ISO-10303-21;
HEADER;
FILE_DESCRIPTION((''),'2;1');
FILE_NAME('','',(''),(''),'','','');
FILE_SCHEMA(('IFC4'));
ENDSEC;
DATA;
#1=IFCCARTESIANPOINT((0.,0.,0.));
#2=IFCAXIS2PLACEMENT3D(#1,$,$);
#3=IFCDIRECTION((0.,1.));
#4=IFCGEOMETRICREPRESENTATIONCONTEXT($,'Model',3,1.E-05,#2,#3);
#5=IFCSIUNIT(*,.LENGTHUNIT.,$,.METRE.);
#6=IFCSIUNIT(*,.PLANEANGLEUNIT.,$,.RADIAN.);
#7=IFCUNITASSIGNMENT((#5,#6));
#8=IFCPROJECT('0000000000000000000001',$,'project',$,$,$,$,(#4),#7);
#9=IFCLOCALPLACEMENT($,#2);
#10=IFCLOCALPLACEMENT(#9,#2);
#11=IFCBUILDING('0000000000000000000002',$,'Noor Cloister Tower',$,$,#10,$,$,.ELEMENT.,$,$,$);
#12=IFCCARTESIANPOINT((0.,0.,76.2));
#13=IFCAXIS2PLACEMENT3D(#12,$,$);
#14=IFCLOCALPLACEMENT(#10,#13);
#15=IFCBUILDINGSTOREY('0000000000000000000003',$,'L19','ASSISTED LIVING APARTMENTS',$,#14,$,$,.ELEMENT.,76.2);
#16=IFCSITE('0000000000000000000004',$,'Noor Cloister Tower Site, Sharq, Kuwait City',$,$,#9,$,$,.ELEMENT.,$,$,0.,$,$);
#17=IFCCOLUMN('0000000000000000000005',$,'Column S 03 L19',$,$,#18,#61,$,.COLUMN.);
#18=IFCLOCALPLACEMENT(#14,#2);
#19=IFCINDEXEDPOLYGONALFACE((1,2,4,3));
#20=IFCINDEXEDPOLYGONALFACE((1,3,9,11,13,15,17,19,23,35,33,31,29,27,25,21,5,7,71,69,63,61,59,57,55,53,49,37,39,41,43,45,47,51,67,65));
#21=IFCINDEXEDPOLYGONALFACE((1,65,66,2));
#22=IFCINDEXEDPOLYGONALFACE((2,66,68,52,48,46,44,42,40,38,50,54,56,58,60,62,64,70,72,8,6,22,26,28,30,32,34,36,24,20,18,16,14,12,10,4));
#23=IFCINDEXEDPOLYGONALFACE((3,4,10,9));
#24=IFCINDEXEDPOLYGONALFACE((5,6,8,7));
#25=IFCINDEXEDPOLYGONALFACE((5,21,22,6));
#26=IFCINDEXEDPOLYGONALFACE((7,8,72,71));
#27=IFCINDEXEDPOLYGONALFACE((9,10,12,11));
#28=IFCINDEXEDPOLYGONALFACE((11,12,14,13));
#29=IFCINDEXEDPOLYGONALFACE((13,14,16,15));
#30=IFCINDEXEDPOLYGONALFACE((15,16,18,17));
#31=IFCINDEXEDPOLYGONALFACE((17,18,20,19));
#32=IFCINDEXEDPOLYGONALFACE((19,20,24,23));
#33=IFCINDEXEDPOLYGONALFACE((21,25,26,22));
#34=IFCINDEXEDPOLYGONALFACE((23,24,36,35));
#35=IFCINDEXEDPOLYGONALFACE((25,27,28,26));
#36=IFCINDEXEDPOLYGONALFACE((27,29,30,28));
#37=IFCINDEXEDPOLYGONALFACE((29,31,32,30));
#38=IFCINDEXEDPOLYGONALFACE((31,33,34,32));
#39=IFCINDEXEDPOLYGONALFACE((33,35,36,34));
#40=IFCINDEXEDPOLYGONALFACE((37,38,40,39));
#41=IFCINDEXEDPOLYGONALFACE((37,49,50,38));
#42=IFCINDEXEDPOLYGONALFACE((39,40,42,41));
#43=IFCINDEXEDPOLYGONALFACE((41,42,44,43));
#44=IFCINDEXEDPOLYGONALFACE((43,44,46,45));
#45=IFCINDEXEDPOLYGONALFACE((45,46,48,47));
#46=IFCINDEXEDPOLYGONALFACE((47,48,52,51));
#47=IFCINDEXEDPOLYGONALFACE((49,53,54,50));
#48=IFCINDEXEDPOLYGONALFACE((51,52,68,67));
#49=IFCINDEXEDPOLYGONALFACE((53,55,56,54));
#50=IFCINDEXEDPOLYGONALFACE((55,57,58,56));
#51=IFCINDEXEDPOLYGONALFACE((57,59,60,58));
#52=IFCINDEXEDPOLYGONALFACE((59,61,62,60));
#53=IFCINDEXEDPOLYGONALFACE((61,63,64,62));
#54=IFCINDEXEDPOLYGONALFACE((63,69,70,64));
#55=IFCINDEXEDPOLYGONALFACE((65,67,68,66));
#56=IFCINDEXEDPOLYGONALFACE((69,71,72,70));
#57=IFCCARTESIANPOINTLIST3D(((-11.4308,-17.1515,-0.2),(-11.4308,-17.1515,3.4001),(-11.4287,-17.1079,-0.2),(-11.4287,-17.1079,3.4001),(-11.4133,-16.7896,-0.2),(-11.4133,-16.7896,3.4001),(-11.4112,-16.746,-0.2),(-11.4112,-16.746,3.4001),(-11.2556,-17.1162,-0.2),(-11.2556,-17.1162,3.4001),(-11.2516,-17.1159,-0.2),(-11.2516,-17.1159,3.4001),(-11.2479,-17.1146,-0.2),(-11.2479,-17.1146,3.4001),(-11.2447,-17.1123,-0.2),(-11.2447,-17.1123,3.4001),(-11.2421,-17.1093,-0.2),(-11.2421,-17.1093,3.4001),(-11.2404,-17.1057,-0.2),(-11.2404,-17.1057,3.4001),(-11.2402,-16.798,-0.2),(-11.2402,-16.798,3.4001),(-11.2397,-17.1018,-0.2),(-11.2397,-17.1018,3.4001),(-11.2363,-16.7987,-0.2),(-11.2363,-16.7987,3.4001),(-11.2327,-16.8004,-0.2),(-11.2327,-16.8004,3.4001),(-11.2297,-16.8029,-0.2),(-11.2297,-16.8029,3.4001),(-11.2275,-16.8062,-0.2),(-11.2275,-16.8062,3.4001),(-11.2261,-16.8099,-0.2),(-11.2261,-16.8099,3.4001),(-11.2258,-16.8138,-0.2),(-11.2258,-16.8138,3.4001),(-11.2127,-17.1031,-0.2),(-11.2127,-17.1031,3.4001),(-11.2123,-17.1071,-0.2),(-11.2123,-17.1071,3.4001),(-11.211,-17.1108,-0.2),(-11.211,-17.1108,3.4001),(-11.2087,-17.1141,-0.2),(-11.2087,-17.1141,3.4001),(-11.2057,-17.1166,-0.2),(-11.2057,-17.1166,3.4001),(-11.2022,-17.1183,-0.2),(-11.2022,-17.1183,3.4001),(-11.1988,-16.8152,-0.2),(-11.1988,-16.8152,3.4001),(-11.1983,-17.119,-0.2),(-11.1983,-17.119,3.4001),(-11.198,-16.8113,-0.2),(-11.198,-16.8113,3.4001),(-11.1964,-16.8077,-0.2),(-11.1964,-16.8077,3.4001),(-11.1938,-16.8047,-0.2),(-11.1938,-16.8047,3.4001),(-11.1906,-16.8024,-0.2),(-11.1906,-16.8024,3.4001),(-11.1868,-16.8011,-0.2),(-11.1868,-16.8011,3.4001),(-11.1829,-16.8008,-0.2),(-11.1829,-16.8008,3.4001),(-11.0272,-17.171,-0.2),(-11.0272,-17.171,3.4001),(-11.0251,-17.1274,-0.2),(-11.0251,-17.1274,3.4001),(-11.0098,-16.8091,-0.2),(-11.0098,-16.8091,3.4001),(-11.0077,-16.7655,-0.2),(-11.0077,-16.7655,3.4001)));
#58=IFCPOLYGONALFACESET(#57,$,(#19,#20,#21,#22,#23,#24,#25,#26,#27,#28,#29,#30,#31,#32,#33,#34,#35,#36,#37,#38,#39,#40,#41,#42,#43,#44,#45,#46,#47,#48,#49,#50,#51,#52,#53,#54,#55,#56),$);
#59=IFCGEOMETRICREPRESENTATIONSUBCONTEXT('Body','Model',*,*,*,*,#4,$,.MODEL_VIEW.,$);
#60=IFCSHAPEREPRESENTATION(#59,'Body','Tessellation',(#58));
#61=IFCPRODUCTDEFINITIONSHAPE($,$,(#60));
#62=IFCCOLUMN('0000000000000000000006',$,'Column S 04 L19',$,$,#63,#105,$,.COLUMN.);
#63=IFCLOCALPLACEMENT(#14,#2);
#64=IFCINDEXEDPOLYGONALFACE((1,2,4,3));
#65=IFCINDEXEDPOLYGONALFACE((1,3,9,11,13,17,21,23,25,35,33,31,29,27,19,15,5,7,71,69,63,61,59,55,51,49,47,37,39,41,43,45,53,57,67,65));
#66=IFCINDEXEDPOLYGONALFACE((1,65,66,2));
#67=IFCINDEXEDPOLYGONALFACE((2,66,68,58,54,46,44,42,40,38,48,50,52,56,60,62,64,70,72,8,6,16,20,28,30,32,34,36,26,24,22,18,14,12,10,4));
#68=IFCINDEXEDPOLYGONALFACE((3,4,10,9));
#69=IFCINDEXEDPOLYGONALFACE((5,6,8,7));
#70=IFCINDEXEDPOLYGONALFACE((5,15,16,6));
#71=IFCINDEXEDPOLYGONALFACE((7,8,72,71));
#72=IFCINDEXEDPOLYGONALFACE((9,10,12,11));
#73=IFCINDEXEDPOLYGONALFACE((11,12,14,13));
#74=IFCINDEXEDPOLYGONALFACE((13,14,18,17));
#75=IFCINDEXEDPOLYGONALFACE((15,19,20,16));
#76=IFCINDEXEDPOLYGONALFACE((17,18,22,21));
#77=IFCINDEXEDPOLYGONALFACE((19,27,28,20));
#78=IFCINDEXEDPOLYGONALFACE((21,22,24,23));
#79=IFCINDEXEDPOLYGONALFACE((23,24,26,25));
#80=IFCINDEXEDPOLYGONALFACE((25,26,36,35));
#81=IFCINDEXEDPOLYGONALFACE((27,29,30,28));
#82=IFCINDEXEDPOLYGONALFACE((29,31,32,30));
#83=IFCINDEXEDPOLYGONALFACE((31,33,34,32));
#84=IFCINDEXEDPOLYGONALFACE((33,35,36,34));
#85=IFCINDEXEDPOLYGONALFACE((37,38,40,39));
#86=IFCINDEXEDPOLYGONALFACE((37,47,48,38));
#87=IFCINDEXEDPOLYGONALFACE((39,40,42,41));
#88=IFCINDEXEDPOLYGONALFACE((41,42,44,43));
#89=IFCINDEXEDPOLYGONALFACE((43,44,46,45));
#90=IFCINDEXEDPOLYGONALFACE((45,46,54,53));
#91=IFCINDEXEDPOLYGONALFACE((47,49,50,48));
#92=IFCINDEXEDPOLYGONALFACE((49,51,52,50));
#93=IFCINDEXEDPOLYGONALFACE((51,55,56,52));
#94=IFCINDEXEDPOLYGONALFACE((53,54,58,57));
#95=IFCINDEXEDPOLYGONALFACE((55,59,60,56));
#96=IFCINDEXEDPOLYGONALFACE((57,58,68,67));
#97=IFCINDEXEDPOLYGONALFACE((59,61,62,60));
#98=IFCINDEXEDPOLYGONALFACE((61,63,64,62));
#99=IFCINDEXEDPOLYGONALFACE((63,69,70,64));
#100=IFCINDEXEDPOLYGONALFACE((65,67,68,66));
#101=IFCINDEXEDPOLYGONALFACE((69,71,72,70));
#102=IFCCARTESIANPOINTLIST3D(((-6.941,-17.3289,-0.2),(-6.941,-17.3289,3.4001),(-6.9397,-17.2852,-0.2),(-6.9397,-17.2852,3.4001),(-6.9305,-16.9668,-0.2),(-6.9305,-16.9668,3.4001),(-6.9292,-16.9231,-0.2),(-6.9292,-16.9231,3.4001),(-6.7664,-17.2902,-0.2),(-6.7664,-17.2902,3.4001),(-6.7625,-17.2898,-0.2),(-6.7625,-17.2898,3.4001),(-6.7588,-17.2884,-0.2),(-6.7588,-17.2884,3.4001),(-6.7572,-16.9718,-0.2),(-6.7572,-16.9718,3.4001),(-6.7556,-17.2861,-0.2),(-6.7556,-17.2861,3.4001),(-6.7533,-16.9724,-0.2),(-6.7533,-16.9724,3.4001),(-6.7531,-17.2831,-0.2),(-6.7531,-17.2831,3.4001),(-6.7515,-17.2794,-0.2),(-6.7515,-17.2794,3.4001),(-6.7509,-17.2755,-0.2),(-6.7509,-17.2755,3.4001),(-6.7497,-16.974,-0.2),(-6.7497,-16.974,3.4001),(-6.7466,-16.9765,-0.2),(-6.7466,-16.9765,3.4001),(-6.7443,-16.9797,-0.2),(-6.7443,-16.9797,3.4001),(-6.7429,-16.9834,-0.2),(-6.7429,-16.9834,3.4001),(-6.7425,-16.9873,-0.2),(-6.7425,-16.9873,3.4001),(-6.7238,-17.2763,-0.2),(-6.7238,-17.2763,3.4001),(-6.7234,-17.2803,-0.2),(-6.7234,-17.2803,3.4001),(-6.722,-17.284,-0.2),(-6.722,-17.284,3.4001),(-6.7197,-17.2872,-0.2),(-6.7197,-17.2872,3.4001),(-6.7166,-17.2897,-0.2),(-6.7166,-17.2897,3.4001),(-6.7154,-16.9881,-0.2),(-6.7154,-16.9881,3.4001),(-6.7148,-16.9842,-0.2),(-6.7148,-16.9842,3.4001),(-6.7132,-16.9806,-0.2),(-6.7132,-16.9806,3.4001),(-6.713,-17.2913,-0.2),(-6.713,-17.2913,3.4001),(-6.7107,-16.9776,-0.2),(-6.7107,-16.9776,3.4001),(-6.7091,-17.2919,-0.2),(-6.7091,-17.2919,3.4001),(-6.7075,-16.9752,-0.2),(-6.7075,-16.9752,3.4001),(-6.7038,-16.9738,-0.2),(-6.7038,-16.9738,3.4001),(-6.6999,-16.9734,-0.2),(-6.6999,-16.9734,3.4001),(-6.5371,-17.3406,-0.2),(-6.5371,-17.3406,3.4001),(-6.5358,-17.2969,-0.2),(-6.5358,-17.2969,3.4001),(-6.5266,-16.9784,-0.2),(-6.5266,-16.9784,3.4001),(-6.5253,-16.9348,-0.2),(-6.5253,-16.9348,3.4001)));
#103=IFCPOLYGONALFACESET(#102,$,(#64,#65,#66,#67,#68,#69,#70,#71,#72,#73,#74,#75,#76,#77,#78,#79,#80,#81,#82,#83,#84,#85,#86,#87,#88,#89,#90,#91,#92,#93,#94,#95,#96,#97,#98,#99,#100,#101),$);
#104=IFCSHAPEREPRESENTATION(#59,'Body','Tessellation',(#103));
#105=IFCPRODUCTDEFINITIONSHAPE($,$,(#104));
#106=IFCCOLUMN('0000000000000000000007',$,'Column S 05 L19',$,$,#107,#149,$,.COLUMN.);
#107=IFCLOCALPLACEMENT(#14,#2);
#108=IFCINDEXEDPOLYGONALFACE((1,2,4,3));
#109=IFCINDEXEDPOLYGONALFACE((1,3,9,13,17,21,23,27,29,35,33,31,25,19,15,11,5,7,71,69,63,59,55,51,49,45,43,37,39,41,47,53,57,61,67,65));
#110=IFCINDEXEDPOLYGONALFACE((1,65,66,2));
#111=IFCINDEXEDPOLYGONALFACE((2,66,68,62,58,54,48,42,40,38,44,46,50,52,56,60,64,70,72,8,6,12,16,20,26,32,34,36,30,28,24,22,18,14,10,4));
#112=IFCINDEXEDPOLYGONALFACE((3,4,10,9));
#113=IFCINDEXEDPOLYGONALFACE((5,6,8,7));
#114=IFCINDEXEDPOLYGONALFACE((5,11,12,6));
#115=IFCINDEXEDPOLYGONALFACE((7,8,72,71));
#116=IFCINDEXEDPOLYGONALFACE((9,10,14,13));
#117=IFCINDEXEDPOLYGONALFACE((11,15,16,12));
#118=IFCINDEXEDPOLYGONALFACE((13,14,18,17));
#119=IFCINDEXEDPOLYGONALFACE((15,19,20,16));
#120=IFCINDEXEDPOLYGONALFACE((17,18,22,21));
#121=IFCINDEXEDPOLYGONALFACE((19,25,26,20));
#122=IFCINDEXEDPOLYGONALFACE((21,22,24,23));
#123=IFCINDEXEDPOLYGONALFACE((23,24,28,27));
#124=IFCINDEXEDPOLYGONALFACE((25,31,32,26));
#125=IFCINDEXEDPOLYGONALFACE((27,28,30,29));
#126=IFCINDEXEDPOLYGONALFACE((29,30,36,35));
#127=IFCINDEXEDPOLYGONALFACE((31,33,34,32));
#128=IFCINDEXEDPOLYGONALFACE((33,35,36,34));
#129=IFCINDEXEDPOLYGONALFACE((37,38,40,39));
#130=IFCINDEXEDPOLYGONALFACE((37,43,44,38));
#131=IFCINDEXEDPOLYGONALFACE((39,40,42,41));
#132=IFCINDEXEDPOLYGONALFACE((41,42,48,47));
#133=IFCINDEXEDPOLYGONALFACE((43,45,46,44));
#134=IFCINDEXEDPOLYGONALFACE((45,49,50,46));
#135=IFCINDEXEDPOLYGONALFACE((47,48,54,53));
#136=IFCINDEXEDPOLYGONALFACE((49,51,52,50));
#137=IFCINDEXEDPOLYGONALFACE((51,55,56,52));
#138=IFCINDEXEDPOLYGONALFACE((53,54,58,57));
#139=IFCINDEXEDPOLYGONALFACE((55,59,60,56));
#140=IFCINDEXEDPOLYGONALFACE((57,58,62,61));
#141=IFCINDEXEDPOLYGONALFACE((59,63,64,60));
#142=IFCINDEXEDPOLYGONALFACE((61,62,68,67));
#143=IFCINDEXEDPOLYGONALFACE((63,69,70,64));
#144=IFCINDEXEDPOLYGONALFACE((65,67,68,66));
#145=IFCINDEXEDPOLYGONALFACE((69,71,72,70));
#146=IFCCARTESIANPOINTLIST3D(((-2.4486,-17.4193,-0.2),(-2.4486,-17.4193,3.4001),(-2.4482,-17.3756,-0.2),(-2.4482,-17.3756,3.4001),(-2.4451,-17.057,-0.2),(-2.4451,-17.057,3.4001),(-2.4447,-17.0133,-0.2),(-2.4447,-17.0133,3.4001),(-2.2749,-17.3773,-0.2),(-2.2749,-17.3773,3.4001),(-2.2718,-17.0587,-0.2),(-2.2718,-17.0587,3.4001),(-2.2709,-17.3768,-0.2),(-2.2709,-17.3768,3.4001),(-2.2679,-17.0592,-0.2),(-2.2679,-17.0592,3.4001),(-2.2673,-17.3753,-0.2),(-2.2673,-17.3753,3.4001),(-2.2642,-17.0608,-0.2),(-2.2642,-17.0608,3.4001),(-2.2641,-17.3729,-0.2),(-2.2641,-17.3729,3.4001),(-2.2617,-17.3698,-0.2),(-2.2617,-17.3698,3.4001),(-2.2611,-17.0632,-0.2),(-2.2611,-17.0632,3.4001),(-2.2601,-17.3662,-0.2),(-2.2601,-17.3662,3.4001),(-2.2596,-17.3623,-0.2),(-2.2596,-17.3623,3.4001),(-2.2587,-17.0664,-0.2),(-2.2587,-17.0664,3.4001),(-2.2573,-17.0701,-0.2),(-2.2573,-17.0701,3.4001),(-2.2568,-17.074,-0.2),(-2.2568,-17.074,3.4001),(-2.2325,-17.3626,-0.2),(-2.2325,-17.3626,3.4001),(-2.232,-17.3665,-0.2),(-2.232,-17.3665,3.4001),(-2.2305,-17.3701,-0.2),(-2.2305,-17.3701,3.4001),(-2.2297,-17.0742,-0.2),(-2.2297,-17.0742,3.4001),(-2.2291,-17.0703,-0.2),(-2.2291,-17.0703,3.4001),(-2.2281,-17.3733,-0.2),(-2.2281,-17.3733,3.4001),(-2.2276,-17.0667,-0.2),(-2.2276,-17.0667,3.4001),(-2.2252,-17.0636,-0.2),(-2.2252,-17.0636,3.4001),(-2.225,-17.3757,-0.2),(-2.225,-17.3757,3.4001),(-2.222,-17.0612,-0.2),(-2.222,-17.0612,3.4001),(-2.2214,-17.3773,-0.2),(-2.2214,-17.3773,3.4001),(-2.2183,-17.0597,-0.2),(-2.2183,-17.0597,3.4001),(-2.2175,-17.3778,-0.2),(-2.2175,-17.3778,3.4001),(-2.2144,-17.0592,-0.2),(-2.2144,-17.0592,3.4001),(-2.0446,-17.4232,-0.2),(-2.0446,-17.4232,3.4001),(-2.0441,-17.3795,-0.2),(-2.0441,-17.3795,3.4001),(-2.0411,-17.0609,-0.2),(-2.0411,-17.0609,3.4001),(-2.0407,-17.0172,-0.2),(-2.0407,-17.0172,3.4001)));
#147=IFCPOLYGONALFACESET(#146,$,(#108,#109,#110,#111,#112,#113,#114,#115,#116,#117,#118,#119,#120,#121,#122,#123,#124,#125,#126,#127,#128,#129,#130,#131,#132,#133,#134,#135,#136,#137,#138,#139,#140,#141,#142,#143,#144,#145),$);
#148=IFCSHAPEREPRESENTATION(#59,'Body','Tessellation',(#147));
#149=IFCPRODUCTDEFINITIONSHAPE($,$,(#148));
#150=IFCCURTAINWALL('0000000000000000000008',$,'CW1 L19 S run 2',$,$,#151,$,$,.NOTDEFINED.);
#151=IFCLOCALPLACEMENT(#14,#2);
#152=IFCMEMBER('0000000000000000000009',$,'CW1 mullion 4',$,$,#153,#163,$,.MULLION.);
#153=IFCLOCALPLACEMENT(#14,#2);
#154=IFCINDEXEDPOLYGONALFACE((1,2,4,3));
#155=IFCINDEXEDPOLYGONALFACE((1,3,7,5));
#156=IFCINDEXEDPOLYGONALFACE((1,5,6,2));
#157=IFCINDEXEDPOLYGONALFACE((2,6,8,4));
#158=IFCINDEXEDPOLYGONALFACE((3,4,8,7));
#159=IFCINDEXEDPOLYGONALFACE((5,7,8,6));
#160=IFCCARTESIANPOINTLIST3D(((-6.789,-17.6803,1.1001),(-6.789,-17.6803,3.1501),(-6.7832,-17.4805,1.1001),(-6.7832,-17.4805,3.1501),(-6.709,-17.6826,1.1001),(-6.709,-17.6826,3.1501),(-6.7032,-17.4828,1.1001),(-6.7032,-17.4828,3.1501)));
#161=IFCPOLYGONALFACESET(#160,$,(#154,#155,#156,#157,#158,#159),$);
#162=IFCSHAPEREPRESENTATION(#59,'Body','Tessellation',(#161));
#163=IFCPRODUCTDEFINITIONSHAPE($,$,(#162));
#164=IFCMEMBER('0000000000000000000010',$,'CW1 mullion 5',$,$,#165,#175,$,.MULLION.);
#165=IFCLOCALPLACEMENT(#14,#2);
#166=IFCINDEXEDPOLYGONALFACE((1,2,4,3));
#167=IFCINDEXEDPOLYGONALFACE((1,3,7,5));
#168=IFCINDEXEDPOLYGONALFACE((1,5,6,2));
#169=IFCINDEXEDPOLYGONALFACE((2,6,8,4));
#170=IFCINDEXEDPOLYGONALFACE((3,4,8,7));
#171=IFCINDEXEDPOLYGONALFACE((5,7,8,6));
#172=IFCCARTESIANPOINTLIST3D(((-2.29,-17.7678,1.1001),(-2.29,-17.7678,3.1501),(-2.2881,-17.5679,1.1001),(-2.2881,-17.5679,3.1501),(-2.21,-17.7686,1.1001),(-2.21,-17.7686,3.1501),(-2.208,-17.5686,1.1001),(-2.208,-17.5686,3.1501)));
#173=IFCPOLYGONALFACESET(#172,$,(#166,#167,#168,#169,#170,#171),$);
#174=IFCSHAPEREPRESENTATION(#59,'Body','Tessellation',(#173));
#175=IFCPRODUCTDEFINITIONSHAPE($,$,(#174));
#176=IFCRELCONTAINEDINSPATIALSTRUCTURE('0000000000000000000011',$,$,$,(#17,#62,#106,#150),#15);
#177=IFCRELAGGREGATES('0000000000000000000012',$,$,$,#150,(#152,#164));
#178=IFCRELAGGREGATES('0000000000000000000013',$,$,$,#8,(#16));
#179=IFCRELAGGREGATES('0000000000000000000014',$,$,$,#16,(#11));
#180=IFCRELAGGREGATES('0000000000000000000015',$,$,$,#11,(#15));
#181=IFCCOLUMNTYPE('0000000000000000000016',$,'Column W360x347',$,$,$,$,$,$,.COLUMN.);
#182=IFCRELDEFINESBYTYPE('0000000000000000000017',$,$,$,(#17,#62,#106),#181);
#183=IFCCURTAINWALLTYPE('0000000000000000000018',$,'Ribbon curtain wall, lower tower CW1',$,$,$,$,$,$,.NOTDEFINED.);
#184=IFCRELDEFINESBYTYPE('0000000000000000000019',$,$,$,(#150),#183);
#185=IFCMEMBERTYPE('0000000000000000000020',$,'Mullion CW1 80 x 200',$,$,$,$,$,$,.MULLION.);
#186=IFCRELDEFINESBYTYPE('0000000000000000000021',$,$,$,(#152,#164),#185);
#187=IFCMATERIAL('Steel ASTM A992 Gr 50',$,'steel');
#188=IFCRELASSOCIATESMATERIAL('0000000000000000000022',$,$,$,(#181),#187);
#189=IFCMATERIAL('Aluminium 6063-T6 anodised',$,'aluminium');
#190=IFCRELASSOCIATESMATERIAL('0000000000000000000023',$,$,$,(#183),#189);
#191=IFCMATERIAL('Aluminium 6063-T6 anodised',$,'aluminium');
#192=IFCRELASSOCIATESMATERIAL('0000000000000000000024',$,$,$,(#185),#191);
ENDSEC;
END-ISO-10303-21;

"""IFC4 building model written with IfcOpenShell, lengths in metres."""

from ifc_helpers import new_model, si_unit, direction, frame, origin, origin_2d, place, context, subcontext, project, spatial, rectangle, i_section, extrude, material, material_profile, profile_set, type_object, element, aggregate, save


model = new_model("IFC4")

# Units and contexts
model_context = context("Model", 3, precision=1e-05, world=origin(), true_north=direction((0.0, 1.0)))
body_context = subcontext(model_context, "Body", "Model", "MODEL_VIEW")
ifc_project = project(units=[si_unit("LENGTHUNIT", "METRE"), si_unit("PLANEANGLEUNIT", "RADIAN")], contexts=[model_context])

# Site, building, storey
site_placement = place(None, origin())
site = spatial("IfcSite", under=ifc_project, at=site_placement, Name="Noor Cloister Tower Site, Sharq, Kuwait City", CompositionType="ELEMENT", RefElevation=0.0)
building_placement = place(site_placement, origin())
building = spatial("IfcBuilding", under=site, at=building_placement, Name="Noor Cloister Tower", CompositionType="ELEMENT")
storey_placement = place(building_placement, frame((0.0, 0.0, 76.2)))
storey = spatial("IfcBuildingStorey", under=building, at=storey_placement, Name="L19", Description="ASSISTED LIVING APARTMENTS", CompositionType="ELEMENT", Elevation=76.2)

# Columns
ifc_material_1 = material(Name="Steel ASTM A992 Gr 50", Category="steel")
ifc_material_profile_1 = material_profile(ifc_material_1, i_section(OverallWidth=0.4041, OverallDepth=0.406, WebThickness=0.0271, FlangeThickness=0.0437, FilletRadius=0.0151, at=origin_2d()), Name="W360x347")
ifc_profile_set_1 = profile_set([ifc_material_profile_1], Name="Steel ASTM A992 Gr 50")
column_type = type_object("IfcColumnType", Name="Column W360x347", PredefinedType="COLUMN", material=ifc_profile_set_1)
for number, where, z_axis, x_axis, name in (
    (1, (-11.2192, -16.9585, -0.2), (0.0, 0.0, 1.0), (0.998837, -0.048212, 0.0), "Column S 03 L19"),
    (2, (-6.7332, -17.1318, -0.2), (0.0, 0.0, 1.0), (0.999581, -0.028934, 0.0), "Column S 04 L19"),
    (3, (-2.2446, -17.2183, -0.2), (0.0, 0.0, 1.0), (0.999953, -0.009646, 0.0), "Column S 05 L19"),
):
    element("IfcColumn", number, at=place(storey_placement, frame(where, z_axis=z_axis, x_axis=x_axis)), inside=storey, type_object=column_type, Name=name, PredefinedType="COLUMN", context=body_context, shape_type="SweptSolid", body=[
        extrude(i_section(OverallWidth=0.4041, OverallDepth=0.406, WebThickness=0.0271, FlangeThickness=0.0437, FilletRadius=0.0151, at=origin_2d()), origin(), (0.0, 0.0, 1.0), 3.6001),
    ])

# Curtain wall, members
ifc_material_2 = material(Name="Aluminium 6063-T6 anodised", Category="aluminium")
curtain_wall_type = type_object("IfcCurtainWallType", Name="Ribbon curtain wall, lower tower CW1", PredefinedType="NOTDEFINED", material=ifc_material_2)
curtain_wall_placement = place(storey_placement, origin())
curtain_wall = element("IfcCurtainWall", 4, at=curtain_wall_placement, inside=storey, type_object=curtain_wall_type, Name="CW1 L19 S run 2", PredefinedType="NOTDEFINED")
ifc_material_3 = material(Name="Aluminium 6063-T6 anodised", Category="aluminium")
ifc_material_profile_2 = material_profile(ifc_material_3, rectangle(XDim=0.2, YDim=0.0801, at=origin_2d()), Name="200 x 80 mullion")
ifc_profile_set_2 = profile_set([ifc_material_profile_2], Name="Aluminium 6063-T6 anodised")
member_type = type_object("IfcMemberType", Name="Mullion CW1 80 x 200", PredefinedType="MULLION", material=ifc_profile_set_2)
member_1_placement = place(storey_placement, frame((-6.7461, -17.5815, 1.1001), z_axis=(0.0, 0.0, 1.0), x_axis=(0.028934, 0.999581, 0.0)))
member_1 = element("IfcMember", 5, at=member_1_placement, type_object=member_type, Name="CW1 mullion 4", PredefinedType="MULLION", context=body_context, shape_type="SweptSolid", body=[
    extrude(rectangle(XDim=0.2, YDim=0.0801, at=origin_2d()), origin(), (0.0, 0.0, 1.0), 2.05),
])
member_2_placement = place(storey_placement, frame((-2.249, -17.6682, 1.1001), z_axis=(0.0, 0.0, 1.0), x_axis=(0.009646, 0.999953, 0.0)))
member_2 = element("IfcMember", 6, at=member_2_placement, type_object=member_type, Name="CW1 mullion 5", PredefinedType="MULLION", context=body_context, shape_type="SweptSolid", body=[
    extrude(rectangle(XDim=0.2, YDim=0.0801, at=origin_2d()), origin(), (0.0, 0.0, 1.0), 2.05),
])

aggregate(curtain_wall, [member_1, member_2])

save(model, "model.ifc")
